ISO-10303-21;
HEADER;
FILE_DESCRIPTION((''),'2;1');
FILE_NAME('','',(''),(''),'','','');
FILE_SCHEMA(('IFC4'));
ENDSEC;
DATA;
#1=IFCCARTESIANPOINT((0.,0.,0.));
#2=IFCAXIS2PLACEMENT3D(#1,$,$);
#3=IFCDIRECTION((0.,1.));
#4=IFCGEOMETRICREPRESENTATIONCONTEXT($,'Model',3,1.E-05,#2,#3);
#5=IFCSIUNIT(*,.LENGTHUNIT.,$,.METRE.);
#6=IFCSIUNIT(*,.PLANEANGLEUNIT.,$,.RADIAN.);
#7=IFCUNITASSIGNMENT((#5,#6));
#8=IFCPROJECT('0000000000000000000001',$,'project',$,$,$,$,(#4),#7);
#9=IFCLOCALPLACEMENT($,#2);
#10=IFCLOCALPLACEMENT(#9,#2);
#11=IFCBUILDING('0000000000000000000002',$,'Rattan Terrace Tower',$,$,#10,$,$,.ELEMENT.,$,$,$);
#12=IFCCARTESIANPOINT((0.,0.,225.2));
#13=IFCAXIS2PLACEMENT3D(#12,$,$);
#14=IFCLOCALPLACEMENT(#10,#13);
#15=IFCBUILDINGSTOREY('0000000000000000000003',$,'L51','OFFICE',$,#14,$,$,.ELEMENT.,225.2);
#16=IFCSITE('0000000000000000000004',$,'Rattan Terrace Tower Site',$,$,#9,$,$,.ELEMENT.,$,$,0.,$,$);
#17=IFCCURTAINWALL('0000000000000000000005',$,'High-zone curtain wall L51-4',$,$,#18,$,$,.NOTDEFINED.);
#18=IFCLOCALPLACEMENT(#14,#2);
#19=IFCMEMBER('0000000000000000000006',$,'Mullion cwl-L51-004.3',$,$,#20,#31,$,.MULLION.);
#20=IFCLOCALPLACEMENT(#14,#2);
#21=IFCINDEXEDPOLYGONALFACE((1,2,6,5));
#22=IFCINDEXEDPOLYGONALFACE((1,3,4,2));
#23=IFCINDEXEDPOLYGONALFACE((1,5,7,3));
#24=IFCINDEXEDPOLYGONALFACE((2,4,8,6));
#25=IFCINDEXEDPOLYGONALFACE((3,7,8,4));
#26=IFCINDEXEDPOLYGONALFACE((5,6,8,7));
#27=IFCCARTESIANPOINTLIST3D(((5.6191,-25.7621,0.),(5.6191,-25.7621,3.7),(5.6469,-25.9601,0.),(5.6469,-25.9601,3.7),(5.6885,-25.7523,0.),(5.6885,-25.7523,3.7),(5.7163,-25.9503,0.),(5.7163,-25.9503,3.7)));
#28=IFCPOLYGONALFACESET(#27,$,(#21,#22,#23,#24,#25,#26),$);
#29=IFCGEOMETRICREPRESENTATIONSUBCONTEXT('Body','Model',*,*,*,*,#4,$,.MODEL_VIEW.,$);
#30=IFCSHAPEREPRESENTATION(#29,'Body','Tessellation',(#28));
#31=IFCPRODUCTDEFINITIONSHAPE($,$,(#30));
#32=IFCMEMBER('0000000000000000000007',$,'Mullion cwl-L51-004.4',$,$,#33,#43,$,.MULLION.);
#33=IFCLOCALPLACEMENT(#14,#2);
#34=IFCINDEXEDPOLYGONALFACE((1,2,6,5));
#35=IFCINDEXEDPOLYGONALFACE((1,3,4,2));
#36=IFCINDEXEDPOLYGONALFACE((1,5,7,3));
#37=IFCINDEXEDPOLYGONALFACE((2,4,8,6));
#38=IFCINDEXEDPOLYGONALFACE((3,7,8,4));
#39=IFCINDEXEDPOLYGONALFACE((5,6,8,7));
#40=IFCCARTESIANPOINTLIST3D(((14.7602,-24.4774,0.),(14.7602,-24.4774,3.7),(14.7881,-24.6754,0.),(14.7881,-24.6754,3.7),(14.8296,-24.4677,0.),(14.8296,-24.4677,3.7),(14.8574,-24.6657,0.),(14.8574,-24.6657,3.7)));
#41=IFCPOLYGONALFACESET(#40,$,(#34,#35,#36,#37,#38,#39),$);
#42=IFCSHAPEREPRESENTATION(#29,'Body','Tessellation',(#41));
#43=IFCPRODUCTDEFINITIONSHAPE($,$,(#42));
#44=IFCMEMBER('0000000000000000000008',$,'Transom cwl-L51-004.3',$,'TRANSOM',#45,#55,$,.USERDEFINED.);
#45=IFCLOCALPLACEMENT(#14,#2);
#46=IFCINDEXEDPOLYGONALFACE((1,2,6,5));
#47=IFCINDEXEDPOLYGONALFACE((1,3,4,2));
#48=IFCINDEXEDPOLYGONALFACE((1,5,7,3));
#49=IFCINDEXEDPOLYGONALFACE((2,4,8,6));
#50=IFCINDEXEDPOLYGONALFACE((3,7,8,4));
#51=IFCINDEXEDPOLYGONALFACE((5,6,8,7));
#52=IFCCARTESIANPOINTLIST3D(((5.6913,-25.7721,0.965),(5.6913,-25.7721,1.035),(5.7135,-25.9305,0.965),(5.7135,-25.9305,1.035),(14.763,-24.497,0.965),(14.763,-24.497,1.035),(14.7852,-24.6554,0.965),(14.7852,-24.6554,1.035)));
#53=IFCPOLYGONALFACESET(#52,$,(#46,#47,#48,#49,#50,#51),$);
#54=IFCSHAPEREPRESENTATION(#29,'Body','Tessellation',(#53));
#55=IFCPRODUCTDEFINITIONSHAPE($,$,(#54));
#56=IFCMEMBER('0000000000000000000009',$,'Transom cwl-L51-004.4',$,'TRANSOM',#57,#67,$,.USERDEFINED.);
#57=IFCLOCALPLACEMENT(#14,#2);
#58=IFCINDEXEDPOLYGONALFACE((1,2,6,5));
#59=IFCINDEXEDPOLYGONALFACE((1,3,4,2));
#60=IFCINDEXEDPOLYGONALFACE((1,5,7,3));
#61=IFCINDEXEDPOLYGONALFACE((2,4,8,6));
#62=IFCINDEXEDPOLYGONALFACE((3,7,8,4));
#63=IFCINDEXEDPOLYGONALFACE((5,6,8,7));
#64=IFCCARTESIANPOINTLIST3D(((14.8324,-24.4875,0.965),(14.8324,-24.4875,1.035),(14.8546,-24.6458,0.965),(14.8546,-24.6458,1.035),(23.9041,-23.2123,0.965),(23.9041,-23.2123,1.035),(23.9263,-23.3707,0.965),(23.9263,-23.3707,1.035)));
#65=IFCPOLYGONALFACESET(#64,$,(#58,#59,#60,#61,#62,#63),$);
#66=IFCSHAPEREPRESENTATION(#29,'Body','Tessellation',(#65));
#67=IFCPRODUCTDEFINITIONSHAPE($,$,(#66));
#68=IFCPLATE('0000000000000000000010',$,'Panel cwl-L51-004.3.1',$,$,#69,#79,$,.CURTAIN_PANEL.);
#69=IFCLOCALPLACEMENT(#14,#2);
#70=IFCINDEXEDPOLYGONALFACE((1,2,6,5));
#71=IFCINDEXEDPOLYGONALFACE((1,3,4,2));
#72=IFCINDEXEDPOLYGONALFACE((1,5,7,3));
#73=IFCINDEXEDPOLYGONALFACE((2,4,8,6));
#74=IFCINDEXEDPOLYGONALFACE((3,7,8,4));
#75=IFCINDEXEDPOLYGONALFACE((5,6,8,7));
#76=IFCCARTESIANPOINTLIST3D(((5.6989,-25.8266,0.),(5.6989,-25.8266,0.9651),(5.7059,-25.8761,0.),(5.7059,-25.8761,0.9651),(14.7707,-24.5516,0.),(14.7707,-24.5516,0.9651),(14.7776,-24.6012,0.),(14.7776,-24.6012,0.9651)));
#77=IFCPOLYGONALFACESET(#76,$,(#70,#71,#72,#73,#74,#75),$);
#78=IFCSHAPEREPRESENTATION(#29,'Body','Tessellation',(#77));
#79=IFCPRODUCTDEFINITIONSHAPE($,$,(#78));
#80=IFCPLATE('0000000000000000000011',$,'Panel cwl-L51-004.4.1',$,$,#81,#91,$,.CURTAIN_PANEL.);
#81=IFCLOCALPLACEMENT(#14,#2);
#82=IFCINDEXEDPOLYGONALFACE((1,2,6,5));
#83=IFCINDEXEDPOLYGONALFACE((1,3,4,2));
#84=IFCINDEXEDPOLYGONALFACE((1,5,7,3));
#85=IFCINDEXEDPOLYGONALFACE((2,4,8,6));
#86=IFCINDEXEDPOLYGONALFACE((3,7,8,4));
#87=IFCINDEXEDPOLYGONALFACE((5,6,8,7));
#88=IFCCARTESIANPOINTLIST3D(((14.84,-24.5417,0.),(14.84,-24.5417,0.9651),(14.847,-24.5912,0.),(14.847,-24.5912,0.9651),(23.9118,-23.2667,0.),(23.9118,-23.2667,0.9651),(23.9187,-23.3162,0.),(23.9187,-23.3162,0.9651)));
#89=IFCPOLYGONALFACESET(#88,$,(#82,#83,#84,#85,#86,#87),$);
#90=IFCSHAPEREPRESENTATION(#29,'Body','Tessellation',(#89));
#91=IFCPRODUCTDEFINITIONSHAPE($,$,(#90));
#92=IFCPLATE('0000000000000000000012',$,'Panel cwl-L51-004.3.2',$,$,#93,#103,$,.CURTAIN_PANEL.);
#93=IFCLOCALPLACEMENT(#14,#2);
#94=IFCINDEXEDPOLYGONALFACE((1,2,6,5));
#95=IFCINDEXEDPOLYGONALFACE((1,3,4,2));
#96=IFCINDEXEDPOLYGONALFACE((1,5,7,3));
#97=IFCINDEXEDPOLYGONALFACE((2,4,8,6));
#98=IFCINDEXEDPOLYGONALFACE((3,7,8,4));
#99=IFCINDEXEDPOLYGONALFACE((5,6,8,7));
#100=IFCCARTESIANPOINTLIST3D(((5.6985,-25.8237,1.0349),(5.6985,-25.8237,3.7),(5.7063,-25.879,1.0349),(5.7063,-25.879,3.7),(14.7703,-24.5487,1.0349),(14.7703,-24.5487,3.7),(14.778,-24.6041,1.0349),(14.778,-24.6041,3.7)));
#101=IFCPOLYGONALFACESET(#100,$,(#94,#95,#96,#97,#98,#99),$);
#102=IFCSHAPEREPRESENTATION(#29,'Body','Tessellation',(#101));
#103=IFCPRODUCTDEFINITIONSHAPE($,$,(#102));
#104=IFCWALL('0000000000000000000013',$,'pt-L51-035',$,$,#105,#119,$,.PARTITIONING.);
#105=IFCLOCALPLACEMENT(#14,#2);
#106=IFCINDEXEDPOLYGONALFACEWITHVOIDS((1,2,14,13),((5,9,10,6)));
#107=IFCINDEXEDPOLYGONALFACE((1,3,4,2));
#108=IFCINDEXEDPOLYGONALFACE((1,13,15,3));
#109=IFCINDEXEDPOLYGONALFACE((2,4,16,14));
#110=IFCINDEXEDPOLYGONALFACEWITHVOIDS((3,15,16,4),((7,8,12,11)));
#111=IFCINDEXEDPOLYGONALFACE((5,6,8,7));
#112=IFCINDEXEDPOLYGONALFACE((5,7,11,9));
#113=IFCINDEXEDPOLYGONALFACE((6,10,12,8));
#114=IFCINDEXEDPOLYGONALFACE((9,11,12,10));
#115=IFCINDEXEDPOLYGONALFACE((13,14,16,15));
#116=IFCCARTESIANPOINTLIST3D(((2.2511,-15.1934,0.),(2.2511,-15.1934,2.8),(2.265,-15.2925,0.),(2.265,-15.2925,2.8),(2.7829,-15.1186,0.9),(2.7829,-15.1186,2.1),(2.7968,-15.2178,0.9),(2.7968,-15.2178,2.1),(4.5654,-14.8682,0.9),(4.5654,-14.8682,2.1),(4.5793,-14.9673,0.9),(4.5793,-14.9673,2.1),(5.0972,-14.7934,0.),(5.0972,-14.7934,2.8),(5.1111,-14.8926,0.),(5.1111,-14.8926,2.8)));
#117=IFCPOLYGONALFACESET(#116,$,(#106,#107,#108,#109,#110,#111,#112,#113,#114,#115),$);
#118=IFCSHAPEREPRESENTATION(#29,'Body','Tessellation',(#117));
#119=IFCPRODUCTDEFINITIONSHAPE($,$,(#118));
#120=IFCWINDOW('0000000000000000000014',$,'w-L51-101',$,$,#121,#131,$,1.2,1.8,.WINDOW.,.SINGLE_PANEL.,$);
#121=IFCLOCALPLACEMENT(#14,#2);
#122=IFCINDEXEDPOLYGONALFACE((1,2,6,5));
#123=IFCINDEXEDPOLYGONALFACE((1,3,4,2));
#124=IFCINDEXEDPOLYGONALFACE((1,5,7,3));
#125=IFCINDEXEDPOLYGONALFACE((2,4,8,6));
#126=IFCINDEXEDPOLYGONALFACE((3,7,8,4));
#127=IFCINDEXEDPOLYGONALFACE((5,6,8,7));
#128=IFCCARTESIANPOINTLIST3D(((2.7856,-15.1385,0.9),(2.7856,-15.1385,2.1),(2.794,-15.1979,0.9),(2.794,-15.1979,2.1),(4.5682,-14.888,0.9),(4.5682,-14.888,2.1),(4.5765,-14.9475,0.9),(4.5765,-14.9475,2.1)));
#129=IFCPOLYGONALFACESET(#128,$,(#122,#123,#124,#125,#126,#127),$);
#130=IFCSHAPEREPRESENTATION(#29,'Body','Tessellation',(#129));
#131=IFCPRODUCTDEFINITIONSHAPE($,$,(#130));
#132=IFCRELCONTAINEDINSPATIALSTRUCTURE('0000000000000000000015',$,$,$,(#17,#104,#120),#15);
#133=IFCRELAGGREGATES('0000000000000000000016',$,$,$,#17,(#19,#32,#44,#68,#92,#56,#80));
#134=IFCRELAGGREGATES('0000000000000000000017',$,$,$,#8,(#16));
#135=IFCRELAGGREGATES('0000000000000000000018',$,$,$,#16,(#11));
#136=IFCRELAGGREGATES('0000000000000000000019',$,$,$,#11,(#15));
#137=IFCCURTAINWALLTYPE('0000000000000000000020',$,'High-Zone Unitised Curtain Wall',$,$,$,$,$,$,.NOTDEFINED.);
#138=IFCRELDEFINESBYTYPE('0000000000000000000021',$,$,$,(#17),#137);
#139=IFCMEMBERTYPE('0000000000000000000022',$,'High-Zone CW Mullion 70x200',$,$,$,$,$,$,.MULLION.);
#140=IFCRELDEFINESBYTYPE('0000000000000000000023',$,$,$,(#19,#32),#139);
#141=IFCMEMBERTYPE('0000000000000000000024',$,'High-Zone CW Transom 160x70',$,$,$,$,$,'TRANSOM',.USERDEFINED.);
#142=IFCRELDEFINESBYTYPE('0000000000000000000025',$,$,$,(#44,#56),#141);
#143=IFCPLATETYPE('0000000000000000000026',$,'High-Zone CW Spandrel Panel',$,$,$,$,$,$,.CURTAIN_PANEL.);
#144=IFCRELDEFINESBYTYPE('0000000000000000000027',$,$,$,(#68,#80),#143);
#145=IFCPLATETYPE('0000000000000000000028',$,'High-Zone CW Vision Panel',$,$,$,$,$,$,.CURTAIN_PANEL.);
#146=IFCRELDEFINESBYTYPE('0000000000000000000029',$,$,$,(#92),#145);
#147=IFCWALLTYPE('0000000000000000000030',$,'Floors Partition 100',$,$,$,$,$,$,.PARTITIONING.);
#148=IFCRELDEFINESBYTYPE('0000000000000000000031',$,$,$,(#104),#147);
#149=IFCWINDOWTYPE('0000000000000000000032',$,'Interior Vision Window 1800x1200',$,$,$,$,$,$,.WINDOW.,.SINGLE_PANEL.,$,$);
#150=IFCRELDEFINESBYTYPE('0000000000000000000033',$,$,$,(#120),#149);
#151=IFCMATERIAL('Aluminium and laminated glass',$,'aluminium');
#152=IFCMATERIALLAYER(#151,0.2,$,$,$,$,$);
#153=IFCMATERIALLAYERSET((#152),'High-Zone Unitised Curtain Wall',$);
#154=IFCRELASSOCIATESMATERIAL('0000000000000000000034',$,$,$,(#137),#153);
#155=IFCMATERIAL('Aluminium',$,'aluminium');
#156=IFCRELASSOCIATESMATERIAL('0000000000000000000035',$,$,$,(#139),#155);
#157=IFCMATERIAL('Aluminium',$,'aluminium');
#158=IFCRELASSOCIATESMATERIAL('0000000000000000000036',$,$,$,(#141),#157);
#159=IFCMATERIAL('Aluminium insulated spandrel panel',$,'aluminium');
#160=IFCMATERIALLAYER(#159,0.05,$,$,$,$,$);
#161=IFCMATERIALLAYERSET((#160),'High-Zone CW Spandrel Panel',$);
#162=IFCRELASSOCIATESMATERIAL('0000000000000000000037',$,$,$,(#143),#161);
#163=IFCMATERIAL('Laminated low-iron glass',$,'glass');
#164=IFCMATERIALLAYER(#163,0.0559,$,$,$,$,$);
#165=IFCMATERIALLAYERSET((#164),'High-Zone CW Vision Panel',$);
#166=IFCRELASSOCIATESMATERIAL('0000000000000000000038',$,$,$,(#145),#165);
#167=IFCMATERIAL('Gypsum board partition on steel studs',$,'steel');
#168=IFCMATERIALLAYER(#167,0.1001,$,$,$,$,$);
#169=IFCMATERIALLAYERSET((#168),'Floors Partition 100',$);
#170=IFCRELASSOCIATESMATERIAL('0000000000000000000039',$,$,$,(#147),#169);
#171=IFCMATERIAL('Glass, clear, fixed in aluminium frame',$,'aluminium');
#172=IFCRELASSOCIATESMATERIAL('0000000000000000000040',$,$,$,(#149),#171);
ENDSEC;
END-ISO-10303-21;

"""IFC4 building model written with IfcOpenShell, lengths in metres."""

from ifc_helpers import new_model, si_unit, direction, frame, frame_2d, origin, origin_2d, place, context, subcontext, project, spatial, rectangle, extrude, material, layer, layer_set, material_profile, profile_set, type_object, element, fill, aggregate, save


model = new_model("IFC4")

# Units and contexts
model_context = context("Model", 3, precision=1e-05, world=origin(), true_north=direction((0.0, 1.0)))
body_context = subcontext(model_context, "Body", "Model", "MODEL_VIEW")
ifc_project = project(units=[si_unit("LENGTHUNIT", "METRE"), si_unit("PLANEANGLEUNIT", "RADIAN")], contexts=[model_context])

# Site, building, storey
site_placement = place(None, origin())
site = spatial("IfcSite", under=ifc_project, at=site_placement, Name="Rattan Terrace Tower Site", CompositionType="ELEMENT", RefElevation=0.0)
building_placement = place(site_placement, origin())
building = spatial("IfcBuilding", under=site, at=building_placement, Name="Rattan Terrace Tower", CompositionType="ELEMENT")
storey_placement = place(building_placement, frame((0.0, 0.0, 225.2)))
storey = spatial("IfcBuildingStorey", under=building, at=storey_placement, Name="L51", Description="OFFICE", CompositionType="ELEMENT", Elevation=225.2)

# Curtain wall, members, plates
ifc_material_1 = material(Name="Aluminium and laminated glass", Category="aluminium")
ifc_layer_1 = layer(ifc_material_1, 0.2)
ifc_layer_set_1 = layer_set([ifc_layer_1], Name="High-Zone Unitised Curtain Wall")
curtain_wall_type = type_object("IfcCurtainWallType", Name="High-Zone Unitised Curtain Wall", PredefinedType="NOTDEFINED", material=ifc_layer_set_1)
curtain_wall_placement = place(storey_placement, origin())
curtain_wall = element("IfcCurtainWall", 1, at=curtain_wall_placement, inside=storey, type_object=curtain_wall_type, Name="High-zone curtain wall L51-4", PredefinedType="NOTDEFINED")
ifc_material_2 = material(Name="Aluminium", Category="aluminium")
ifc_material_profile_1 = material_profile(ifc_material_2, rectangle(XDim=0.0701, YDim=0.2, at=origin_2d()), Name="Aluminium 70x200")
ifc_profile_set_1 = profile_set([ifc_material_profile_1], Name="Aluminium")
member_type_1 = type_object("IfcMemberType", Name="High-Zone CW Mullion 70x200", PredefinedType="MULLION", material=ifc_profile_set_1)
member_1_placement = place(storey_placement, frame((5.6677, -25.8562, 0.0), z_axis=(0.0, 0.0, 1.0), x_axis=(0.990267, 0.139177, 0.0)))
member_1 = element("IfcMember", 2, at=member_1_placement, type_object=member_type_1, Name="Mullion cwl-L51-004.3", PredefinedType="MULLION", context=body_context, shape_type="SweptSolid", body=[
    extrude(rectangle(XDim=0.0701, YDim=0.2, at=origin_2d()), origin(), (0.0, 0.0, 1.0), 3.7),
])
member_2_placement = place(storey_placement, frame((14.8088, -24.5715, 0.0), z_axis=(0.0, 0.0, 1.0), x_axis=(0.990267, 0.139177, 0.0)))
member_2 = element("IfcMember", 3, at=member_2_placement, type_object=member_type_1, Name="Mullion cwl-L51-004.4", PredefinedType="MULLION", context=body_context, shape_type="SweptSolid", body=[
    extrude(rectangle(XDim=0.0701, YDim=0.2, at=origin_2d()), origin(), (0.0, 0.0, 1.0), 3.7),
])
ifc_material_3 = material(Name="Aluminium", Category="aluminium")
ifc_material_profile_2 = material_profile(ifc_material_3, rectangle(XDim=0.1599, YDim=0.0701, at=origin_2d()), Name="Aluminium 160x70")
ifc_profile_set_2 = profile_set([ifc_material_profile_2], Name="Aluminium")
member_type_2 = type_object("IfcMemberType", Name="High-Zone CW Transom 160x70", ElementType="TRANSOM", PredefinedType="USERDEFINED", material=ifc_profile_set_2)
member_3_placement = place(storey_placement, frame((5.7024, -25.8513, 1.0), z_axis=(0.990265, 0.139194, 0.0), x_axis=(-0.139194, 0.990265, 0.0)))
member_3 = element("IfcMember", 4, at=member_3_placement, type_object=member_type_2, Name="Transom cwl-L51-004.3", ObjectType="TRANSOM", PredefinedType="USERDEFINED", context=body_context, shape_type="SweptSolid", body=[
    extrude(rectangle(XDim=0.1599, YDim=0.0701, at=origin_2d()), origin(), (0.0, 0.0, 1.0), 9.1609),
])
member_4_placement = place(storey_placement, frame((14.8435, -24.5667, 1.0), z_axis=(0.990265, 0.139194, 0.0), x_axis=(-0.139194, 0.990265, 0.0)))
member_4 = element("IfcMember", 5, at=member_4_placement, type_object=member_type_2, Name="Transom cwl-L51-004.4", ObjectType="TRANSOM", PredefinedType="USERDEFINED", context=body_context, shape_type="SweptSolid", body=[
    extrude(rectangle(XDim=0.1599, YDim=0.0701, at=origin_2d()), origin(), (0.0, 0.0, 1.0), 9.1609),
])
ifc_material_4 = material(Name="Aluminium insulated spandrel panel", Category="aluminium")
ifc_layer_2 = layer(ifc_material_4, 0.05)
ifc_layer_set_2 = layer_set([ifc_layer_2], Name="High-Zone CW Spandrel Panel")
plate_type_1 = type_object("IfcPlateType", Name="High-Zone CW Spandrel Panel", PredefinedType="CURTAIN_PANEL", material=ifc_layer_set_2)
plate_1_placement = place(storey_placement, frame((10.2383, -25.2139, 0.0), z_axis=(0.0, 0.0, 1.0), x_axis=(0.990267, 0.139177, 0.0)))
plate_1 = element("IfcPlate", 6, at=plate_1_placement, type_object=plate_type_1, Name="Panel cwl-L51-004.3.1", PredefinedType="CURTAIN_PANEL", context=body_context, shape_type="SweptSolid", body=[
    extrude(rectangle(XDim=9.1609, YDim=0.05, at=origin_2d()), origin(), (0.0, 0.0, 1.0), 0.9651),
])
plate_2_placement = place(storey_placement, frame((19.3794, -23.929, 0.0), z_axis=(0.0, 0.0, 1.0), x_axis=(0.990267, 0.139177, 0.0)))
plate_2 = element("IfcPlate", 7, at=plate_2_placement, type_object=plate_type_1, Name="Panel cwl-L51-004.4.1", PredefinedType="CURTAIN_PANEL", context=body_context, shape_type="SweptSolid", body=[
    extrude(rectangle(XDim=9.1609, YDim=0.05, at=origin_2d()), origin(), (0.0, 0.0, 1.0), 0.9651),
])
ifc_material_5 = material(Name="Laminated low-iron glass", Category="glass")
ifc_layer_3 = layer(ifc_material_5, 0.0559)
ifc_layer_set_3 = layer_set([ifc_layer_3], Name="High-Zone CW Vision Panel")
plate_type_2 = type_object("IfcPlateType", Name="High-Zone CW Vision Panel", PredefinedType="CURTAIN_PANEL", material=ifc_layer_set_3)
plate_3_placement = place(storey_placement, frame((10.2383, -25.2139, 1.0349), z_axis=(0.0, 0.0, 1.0), x_axis=(0.990267, 0.139177, 0.0)))
plate_3 = element("IfcPlate", 8, at=plate_3_placement, type_object=plate_type_2, Name="Panel cwl-L51-004.3.2", PredefinedType="CURTAIN_PANEL", context=body_context, shape_type="SweptSolid", body=[
    extrude(rectangle(XDim=9.1609, YDim=0.0559, at=origin_2d()), origin(), (0.0, 0.0, 1.0), 2.665),
])
aggregate(curtain_wall, [member_1, member_2, member_3, plate_1, plate_3, member_4, plate_2])

# Wall, opening, window
ifc_material_6 = material(Name="Gypsum board partition on steel studs", Category="steel")
ifc_layer_4 = layer(ifc_material_6, 0.1001)
ifc_layer_set_4 = layer_set([ifc_layer_4], Name="Floors Partition 100")
wall_type_1 = type_object("IfcWallType", Name="Floors Partition 100", PredefinedType="PARTITIONING", material=ifc_layer_set_4)
wall_1_placement = place(storey_placement, frame((2.2581, -15.2429, 0.0), z_axis=(0.0, 0.0, 1.0), x_axis=(0.990271, 0.139149, 0.0)))
wall_1 = element("IfcWall", 9, at=wall_1_placement, inside=storey, type_object=wall_type_1, Name="pt-L51-035", PredefinedType="PARTITIONING", context=body_context, shape_type="SweptSolid", body=[
    extrude(rectangle(XDim=2.874, YDim=0.1001, at=frame_2d((1.437, 0.0))), origin(), (0.0, 0.0, 1.0), 2.8),
])
opening_1_placement = place(wall_1_placement, frame((0.5371, 0.0, 0.8999)))
opening_1 = element("IfcOpeningElement", 10, at=opening_1_placement, cuts=wall_1, PredefinedType="OPENING", context=body_context, shape_type="SweptSolid", body=[
    extrude(rectangle(XDim=1.8, YDim=1.2, at=frame_2d((0.8999, 0.6001))), frame((0.0, 0.0605, 0.0), z_axis=(0.0, -1.0, 0.0), x_axis=(1.0, 0.0, 0.0)), (0.0, 0.0, 1.0), 0.1211),
])
ifc_material_7 = material(Name="Glass, clear, fixed in aluminium frame", Category="aluminium")
window_type_1 = type_object("IfcWindowType", Name="Interior Vision Window 1800x1200", PartitioningType="SINGLE_PANEL", PredefinedType="WINDOW", material=ifc_material_7)
window_1_placement = place(opening_1_placement, origin())
window_1 = element("IfcWindow", 11, at=window_1_placement, inside=storey, type_object=window_type_1, Name="w-L51-101", OverallHeight=1.2, OverallWidth=1.8, PartitioningType="SINGLE_PANEL", PredefinedType="WINDOW", context=body_context, shape_type="SweptSolid", body=[
    extrude(rectangle(XDim=1.8, YDim=1.2, at=frame_2d((0.8999, 0.6001))), frame((0.0, 0.03, 0.0), z_axis=(0.0, -1.0, 0.0), x_axis=(1.0, 0.0, 0.0)), (0.0, 0.0, 1.0), 0.0601),
])
fill(opening_1, window_1)

save(model, "model.ifc")
